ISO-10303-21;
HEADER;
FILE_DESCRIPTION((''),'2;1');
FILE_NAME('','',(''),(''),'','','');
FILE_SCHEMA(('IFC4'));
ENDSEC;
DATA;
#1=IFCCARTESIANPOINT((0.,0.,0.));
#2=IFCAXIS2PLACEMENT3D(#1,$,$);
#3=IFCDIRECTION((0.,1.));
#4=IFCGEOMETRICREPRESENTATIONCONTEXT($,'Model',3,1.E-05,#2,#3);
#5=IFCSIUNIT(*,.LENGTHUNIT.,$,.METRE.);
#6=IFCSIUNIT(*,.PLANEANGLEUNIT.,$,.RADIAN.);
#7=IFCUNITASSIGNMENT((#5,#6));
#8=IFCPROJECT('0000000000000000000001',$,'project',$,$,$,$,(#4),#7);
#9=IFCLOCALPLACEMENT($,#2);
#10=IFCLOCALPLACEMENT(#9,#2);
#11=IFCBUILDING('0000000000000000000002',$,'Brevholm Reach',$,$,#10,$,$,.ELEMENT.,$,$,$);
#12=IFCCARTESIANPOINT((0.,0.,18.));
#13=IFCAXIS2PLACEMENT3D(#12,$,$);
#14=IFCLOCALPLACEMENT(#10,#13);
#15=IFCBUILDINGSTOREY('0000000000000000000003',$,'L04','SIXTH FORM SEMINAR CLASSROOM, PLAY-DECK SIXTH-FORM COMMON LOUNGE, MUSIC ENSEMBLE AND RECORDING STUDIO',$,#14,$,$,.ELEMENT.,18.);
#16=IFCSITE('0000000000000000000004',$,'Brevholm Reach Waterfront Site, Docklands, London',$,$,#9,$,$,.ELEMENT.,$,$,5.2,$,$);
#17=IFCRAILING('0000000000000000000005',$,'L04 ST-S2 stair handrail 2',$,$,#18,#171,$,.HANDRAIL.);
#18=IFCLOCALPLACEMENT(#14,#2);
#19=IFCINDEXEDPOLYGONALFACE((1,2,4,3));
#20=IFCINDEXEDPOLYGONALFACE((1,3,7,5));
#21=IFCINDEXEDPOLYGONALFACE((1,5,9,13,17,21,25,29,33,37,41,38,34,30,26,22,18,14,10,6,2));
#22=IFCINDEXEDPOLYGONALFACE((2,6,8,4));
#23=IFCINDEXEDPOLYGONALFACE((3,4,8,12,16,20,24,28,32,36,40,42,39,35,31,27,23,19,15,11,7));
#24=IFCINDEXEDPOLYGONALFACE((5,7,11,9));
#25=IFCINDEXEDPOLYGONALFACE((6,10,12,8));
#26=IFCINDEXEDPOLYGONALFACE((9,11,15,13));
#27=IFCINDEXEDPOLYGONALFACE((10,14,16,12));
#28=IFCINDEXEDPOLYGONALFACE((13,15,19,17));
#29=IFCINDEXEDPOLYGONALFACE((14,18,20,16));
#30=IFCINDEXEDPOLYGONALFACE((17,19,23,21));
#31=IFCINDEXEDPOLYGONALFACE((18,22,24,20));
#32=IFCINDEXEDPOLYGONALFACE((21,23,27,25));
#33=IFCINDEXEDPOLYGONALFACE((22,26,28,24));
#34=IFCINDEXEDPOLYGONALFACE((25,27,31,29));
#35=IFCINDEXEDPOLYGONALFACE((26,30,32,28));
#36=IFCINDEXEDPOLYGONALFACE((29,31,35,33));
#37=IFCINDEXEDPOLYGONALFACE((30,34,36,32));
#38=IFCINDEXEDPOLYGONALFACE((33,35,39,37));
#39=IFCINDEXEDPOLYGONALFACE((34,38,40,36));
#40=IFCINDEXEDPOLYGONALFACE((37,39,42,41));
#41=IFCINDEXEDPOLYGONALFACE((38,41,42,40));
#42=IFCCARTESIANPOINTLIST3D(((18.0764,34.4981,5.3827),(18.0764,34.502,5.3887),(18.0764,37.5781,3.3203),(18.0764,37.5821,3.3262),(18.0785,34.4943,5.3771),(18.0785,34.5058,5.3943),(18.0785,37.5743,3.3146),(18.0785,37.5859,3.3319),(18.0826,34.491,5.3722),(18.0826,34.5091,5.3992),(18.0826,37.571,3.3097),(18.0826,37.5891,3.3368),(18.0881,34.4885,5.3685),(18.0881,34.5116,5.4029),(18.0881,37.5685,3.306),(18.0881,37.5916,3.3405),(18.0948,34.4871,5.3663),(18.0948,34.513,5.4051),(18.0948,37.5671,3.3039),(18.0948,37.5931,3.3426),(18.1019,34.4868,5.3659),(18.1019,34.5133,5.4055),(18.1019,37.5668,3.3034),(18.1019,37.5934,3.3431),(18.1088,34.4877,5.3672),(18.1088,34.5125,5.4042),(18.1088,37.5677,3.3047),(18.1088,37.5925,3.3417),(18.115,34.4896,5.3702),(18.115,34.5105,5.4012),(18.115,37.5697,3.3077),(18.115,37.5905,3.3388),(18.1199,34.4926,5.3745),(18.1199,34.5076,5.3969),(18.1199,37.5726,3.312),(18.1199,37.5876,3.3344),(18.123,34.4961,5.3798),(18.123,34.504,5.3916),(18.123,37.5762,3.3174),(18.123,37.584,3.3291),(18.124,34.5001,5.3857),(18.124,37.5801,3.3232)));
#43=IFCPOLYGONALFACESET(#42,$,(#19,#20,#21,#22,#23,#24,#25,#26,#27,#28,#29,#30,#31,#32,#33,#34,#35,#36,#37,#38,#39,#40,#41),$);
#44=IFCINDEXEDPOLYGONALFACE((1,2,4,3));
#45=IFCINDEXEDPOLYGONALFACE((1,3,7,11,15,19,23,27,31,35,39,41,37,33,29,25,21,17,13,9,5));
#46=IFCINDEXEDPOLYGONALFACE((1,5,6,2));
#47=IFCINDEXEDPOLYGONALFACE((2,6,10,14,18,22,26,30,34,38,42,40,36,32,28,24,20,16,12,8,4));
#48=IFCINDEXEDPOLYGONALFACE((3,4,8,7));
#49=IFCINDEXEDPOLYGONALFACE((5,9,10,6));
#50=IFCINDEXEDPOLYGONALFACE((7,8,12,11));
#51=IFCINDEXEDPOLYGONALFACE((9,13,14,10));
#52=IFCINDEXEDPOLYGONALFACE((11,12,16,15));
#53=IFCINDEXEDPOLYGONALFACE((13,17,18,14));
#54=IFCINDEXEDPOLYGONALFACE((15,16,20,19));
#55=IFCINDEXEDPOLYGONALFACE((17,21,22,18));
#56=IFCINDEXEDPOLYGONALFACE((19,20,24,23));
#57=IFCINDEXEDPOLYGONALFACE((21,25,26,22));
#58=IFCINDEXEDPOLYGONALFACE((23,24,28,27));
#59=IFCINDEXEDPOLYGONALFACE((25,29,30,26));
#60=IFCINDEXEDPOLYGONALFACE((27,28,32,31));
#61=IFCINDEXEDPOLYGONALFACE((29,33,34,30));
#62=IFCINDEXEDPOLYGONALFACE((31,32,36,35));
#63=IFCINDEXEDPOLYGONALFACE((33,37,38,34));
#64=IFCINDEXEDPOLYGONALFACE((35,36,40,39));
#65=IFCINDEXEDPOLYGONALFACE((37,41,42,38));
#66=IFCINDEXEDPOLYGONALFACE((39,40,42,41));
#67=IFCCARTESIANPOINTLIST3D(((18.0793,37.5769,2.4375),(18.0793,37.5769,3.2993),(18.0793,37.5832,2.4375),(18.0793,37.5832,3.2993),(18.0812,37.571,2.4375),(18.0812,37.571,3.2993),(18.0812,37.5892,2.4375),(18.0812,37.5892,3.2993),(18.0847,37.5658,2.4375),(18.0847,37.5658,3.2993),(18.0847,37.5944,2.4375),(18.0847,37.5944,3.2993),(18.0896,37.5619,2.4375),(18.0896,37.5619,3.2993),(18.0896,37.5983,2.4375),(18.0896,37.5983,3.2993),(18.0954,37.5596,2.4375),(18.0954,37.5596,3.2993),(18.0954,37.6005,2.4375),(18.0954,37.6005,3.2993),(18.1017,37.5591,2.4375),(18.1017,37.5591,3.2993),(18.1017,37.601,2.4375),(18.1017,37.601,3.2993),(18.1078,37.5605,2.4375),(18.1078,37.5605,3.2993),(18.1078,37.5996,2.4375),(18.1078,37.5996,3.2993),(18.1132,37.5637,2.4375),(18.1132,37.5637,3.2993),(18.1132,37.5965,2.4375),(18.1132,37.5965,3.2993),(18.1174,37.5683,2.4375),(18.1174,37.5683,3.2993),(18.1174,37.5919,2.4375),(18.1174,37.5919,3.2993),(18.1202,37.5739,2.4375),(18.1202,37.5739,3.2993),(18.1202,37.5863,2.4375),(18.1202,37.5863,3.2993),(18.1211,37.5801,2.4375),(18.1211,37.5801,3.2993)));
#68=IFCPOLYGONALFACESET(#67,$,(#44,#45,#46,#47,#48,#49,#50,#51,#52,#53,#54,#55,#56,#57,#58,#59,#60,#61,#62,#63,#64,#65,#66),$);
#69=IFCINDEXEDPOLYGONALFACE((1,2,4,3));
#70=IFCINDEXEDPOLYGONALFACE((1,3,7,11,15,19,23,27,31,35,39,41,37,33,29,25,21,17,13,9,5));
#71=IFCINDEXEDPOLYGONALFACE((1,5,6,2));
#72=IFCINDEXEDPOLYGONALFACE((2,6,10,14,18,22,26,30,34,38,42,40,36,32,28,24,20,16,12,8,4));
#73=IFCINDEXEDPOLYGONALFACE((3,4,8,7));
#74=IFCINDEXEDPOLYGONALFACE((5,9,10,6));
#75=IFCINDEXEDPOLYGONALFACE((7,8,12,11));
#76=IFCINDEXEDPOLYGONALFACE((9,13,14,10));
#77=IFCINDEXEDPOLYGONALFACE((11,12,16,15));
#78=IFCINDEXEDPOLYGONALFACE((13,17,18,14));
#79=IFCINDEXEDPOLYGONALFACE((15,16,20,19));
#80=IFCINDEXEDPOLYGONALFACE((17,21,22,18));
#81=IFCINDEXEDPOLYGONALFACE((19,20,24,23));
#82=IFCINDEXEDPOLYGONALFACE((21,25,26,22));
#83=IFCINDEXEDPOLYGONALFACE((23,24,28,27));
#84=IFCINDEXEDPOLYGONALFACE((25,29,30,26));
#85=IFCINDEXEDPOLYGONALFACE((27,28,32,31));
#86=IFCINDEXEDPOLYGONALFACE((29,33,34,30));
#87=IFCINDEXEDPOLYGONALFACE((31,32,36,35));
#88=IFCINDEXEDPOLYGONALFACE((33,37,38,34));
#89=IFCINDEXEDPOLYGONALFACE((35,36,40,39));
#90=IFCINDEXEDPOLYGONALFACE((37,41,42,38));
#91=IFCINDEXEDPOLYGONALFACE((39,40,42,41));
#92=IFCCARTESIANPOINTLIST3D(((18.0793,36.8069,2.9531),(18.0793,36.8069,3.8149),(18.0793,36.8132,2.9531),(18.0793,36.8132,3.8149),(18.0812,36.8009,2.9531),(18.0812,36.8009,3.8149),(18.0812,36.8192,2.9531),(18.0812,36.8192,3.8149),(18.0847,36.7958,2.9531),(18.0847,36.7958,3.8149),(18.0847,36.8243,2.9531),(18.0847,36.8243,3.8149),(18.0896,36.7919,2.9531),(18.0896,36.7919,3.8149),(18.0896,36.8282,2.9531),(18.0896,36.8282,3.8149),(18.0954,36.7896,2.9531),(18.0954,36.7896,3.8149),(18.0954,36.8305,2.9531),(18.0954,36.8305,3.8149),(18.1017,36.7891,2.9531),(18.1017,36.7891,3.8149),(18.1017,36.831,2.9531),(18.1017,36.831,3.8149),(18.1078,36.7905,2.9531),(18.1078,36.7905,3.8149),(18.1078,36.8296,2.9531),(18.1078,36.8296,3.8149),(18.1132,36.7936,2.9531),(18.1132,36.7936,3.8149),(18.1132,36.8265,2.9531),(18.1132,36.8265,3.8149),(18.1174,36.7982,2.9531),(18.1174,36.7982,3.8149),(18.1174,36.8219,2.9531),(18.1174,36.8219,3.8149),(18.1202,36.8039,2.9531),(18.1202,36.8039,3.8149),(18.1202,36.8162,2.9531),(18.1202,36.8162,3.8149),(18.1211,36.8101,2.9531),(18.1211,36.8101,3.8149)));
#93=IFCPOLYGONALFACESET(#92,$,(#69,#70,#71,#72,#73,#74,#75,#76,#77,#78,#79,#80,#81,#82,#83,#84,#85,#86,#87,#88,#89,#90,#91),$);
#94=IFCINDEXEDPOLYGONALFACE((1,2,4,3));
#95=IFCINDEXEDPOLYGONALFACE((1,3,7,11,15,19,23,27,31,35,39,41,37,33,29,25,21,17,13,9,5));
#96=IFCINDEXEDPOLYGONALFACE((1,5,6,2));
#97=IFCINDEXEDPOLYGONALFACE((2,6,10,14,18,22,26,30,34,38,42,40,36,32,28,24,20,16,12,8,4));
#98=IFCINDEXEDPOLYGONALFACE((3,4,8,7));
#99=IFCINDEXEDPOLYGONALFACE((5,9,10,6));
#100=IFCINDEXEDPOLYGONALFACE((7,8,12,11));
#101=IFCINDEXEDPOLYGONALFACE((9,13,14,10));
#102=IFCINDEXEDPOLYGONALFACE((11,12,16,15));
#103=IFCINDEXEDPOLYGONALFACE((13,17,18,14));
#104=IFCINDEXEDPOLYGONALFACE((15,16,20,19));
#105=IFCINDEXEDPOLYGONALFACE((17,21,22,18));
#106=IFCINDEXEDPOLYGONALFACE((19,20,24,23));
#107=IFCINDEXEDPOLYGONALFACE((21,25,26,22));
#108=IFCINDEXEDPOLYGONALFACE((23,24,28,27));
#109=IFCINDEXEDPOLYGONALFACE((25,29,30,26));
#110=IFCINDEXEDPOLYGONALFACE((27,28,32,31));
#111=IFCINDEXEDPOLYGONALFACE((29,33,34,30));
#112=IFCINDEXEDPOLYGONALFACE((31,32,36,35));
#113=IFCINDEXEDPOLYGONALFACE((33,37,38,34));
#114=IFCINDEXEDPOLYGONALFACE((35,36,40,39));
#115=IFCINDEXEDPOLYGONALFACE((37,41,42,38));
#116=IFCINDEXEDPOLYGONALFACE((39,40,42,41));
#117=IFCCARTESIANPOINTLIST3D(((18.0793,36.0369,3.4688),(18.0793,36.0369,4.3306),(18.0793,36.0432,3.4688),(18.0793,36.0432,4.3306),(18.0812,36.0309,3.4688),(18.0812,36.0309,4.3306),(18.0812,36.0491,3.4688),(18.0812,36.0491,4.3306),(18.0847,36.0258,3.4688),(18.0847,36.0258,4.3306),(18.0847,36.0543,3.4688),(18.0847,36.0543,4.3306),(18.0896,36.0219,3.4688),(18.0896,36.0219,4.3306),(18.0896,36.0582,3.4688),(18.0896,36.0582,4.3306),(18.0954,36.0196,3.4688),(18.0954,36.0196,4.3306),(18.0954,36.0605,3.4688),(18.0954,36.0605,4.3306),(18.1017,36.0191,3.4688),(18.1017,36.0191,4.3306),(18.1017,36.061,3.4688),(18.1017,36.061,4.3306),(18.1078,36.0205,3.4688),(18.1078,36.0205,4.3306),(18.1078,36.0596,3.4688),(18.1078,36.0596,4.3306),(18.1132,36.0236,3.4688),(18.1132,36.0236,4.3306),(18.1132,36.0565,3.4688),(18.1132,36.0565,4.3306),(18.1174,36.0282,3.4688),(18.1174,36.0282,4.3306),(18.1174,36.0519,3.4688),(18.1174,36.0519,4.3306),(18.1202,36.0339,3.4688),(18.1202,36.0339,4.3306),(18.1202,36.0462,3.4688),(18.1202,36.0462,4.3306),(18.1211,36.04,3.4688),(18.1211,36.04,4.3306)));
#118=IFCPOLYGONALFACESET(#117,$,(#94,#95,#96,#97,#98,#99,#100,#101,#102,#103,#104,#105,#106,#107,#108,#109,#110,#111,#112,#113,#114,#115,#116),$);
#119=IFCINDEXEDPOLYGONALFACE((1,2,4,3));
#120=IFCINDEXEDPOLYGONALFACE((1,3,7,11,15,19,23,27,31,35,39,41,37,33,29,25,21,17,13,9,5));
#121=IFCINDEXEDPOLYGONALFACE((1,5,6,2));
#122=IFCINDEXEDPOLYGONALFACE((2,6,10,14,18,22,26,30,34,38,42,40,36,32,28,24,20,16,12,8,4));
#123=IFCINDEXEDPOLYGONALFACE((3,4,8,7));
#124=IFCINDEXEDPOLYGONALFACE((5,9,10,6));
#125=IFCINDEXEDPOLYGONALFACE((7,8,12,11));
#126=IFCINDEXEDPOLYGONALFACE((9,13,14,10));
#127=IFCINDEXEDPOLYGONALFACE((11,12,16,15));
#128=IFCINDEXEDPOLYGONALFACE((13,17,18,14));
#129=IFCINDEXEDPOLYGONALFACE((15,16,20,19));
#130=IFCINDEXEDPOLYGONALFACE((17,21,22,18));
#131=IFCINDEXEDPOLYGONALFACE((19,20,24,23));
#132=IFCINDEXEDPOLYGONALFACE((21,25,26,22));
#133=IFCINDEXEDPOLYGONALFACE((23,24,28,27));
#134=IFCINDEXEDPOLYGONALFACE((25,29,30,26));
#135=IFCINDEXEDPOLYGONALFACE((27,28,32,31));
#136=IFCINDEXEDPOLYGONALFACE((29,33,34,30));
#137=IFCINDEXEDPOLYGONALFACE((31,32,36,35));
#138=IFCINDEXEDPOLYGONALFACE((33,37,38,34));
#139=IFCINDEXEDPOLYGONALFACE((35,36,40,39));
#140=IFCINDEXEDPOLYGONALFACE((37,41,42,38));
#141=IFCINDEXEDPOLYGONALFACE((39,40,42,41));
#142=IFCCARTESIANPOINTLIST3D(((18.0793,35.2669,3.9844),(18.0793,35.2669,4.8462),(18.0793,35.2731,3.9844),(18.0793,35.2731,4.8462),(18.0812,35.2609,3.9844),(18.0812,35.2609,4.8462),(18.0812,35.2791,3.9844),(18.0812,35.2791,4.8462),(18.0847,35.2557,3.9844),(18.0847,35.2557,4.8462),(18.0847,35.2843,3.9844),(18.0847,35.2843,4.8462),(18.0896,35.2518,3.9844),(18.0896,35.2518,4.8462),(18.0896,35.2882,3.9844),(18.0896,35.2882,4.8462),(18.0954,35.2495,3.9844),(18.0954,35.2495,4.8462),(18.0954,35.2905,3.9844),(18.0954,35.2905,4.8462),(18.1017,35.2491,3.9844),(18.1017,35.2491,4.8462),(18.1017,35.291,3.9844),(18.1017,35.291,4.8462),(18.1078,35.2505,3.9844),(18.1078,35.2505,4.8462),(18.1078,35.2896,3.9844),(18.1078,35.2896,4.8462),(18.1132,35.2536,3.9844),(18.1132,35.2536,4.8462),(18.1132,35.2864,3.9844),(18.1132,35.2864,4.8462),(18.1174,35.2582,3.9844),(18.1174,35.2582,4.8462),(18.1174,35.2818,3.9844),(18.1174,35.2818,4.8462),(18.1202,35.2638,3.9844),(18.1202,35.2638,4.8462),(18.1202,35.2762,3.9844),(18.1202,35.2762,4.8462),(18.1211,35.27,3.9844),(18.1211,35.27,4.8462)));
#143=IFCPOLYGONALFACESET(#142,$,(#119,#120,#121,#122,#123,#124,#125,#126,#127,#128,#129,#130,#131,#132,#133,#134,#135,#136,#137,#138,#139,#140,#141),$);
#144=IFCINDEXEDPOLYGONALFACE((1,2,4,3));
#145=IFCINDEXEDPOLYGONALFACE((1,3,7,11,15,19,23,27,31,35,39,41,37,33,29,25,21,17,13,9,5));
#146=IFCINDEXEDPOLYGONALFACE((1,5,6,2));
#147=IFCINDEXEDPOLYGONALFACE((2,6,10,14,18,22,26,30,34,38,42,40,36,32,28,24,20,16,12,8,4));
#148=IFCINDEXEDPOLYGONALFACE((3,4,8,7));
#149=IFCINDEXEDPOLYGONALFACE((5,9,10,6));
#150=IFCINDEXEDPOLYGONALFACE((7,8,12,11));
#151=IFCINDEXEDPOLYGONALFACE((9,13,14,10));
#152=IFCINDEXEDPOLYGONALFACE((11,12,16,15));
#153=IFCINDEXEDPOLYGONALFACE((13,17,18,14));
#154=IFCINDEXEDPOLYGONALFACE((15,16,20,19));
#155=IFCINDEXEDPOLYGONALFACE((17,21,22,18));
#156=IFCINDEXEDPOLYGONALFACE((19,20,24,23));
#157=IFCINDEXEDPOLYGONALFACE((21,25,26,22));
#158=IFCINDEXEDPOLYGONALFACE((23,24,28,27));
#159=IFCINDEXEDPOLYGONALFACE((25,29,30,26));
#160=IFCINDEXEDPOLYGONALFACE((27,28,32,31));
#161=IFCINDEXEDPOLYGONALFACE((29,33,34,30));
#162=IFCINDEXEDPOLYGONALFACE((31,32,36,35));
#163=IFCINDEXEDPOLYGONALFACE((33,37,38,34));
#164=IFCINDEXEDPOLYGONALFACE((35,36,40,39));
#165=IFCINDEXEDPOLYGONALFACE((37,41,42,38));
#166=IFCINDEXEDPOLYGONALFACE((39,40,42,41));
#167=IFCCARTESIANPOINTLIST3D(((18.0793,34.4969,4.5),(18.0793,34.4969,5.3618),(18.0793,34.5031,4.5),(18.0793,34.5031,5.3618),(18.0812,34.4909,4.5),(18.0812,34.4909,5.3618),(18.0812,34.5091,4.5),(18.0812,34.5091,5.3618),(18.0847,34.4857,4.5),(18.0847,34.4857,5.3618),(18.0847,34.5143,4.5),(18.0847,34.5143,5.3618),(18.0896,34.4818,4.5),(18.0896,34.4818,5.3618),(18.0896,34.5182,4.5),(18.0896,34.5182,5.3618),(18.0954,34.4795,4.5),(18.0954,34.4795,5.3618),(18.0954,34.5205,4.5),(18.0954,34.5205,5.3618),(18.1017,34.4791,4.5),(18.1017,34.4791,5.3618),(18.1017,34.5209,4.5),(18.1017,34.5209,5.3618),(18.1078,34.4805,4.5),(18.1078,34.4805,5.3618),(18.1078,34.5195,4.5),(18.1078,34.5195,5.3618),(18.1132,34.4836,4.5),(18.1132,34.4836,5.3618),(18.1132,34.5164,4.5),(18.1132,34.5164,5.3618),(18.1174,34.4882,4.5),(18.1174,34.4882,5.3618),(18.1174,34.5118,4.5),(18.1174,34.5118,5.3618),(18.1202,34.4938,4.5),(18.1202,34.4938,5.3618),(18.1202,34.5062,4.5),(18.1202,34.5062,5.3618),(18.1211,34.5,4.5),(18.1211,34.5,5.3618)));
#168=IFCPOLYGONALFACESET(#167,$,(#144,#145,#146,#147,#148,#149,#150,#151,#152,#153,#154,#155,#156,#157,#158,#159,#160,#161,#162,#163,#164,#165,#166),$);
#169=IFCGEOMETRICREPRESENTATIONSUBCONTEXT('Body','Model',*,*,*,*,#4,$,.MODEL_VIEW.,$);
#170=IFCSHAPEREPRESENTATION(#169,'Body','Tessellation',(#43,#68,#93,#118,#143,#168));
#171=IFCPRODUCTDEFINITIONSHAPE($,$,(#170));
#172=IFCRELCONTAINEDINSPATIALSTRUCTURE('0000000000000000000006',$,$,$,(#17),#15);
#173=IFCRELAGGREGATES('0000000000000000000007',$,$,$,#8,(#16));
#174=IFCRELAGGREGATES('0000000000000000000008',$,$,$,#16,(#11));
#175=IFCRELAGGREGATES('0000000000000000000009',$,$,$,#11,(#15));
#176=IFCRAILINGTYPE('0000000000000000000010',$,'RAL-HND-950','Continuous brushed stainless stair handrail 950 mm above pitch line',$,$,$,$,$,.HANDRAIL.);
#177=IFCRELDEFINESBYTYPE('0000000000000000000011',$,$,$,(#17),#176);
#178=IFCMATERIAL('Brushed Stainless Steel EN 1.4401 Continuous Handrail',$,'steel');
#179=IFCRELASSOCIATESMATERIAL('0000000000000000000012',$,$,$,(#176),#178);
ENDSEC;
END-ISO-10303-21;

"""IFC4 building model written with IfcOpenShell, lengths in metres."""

from ifc_helpers import new_model, si_unit, direction, frame, origin, origin_2d, place, context, subcontext, project, spatial, circle, extrude, material, type_object, element, save


model = new_model("IFC4")

# Units and contexts
model_context = context("Model", 3, precision=1e-05, world=origin(), true_north=direction((0.0, 1.0)))
body_context = subcontext(model_context, "Body", "Model", "MODEL_VIEW")
ifc_project = project(units=[si_unit("LENGTHUNIT", "METRE"), si_unit("PLANEANGLEUNIT", "RADIAN")], contexts=[model_context])

# Site, building, storey
site_placement = place(None, origin())
site = spatial("IfcSite", under=ifc_project, at=site_placement, Name="Brevholm Reach Waterfront Site, Docklands, London", CompositionType="ELEMENT", RefElevation=5.2)
building_placement = place(site_placement, origin())
building = spatial("IfcBuilding", under=site, at=building_placement, Name="Brevholm Reach", CompositionType="ELEMENT")
storey_placement = place(building_placement, frame((0.0, 0.0, 18.0)))
storey = spatial("IfcBuildingStorey", under=building, at=storey_placement, Name="L04", Description="SIXTH FORM SEMINAR CLASSROOM, PLAY-DECK SIXTH-FORM COMMON LOUNGE, MUSIC ENSEMBLE AND RECORDING STUDIO", CompositionType="ELEMENT", Elevation=18.0)

# Railing
ifc_material_1 = material(Name="Brushed Stainless Steel EN 1.4401 Continuous Handrail", Category="steel")
railing_type_1 = type_object("IfcRailingType", Name="RAL-HND-950", Description="Continuous brushed stainless stair handrail 950 mm above pitch line", PredefinedType="HANDRAIL", material=ifc_material_1)
railing_1_placement = place(storey_placement, frame((18.1001, 37.5801, 2.4375)))
element("IfcRailing", 1, at=railing_1_placement, inside=storey, type_object=railing_type_1, Name="L04 ST-S2 stair handrail 2", PredefinedType="HANDRAIL", context=body_context, shape_type="SweptSolid", body=[
    extrude(circle(Radius=0.0239, at=origin_2d()), frame((0.0, 0.0, 0.8857), z_axis=(0.0, -0.830914, 0.556401), x_axis=(1.0, 0.0, 0.0)), (0.0, 0.0, 1.0), 3.7068),
    extrude(circle(Radius=0.021, at=origin_2d()), origin(), (0.0, 0.0, 1.0), 0.8618),
    extrude(circle(Radius=0.021, at=origin_2d()), frame((0.0, -0.77, 0.5156)), (0.0, 0.0, 1.0), 0.8618),
    extrude(circle(Radius=0.021, at=origin_2d()), frame((0.0, -1.54, 1.0312)), (0.0, 0.0, 1.0), 0.8618),
    extrude(circle(Radius=0.021, at=origin_2d()), frame((0.0, -2.3101, 1.5469)), (0.0, 0.0, 1.0), 0.8618),
    extrude(circle(Radius=0.021, at=origin_2d()), frame((0.0, -3.0801, 2.0625)), (0.0, 0.0, 1.0), 0.8618),
])

save(model, "model.ifc")
